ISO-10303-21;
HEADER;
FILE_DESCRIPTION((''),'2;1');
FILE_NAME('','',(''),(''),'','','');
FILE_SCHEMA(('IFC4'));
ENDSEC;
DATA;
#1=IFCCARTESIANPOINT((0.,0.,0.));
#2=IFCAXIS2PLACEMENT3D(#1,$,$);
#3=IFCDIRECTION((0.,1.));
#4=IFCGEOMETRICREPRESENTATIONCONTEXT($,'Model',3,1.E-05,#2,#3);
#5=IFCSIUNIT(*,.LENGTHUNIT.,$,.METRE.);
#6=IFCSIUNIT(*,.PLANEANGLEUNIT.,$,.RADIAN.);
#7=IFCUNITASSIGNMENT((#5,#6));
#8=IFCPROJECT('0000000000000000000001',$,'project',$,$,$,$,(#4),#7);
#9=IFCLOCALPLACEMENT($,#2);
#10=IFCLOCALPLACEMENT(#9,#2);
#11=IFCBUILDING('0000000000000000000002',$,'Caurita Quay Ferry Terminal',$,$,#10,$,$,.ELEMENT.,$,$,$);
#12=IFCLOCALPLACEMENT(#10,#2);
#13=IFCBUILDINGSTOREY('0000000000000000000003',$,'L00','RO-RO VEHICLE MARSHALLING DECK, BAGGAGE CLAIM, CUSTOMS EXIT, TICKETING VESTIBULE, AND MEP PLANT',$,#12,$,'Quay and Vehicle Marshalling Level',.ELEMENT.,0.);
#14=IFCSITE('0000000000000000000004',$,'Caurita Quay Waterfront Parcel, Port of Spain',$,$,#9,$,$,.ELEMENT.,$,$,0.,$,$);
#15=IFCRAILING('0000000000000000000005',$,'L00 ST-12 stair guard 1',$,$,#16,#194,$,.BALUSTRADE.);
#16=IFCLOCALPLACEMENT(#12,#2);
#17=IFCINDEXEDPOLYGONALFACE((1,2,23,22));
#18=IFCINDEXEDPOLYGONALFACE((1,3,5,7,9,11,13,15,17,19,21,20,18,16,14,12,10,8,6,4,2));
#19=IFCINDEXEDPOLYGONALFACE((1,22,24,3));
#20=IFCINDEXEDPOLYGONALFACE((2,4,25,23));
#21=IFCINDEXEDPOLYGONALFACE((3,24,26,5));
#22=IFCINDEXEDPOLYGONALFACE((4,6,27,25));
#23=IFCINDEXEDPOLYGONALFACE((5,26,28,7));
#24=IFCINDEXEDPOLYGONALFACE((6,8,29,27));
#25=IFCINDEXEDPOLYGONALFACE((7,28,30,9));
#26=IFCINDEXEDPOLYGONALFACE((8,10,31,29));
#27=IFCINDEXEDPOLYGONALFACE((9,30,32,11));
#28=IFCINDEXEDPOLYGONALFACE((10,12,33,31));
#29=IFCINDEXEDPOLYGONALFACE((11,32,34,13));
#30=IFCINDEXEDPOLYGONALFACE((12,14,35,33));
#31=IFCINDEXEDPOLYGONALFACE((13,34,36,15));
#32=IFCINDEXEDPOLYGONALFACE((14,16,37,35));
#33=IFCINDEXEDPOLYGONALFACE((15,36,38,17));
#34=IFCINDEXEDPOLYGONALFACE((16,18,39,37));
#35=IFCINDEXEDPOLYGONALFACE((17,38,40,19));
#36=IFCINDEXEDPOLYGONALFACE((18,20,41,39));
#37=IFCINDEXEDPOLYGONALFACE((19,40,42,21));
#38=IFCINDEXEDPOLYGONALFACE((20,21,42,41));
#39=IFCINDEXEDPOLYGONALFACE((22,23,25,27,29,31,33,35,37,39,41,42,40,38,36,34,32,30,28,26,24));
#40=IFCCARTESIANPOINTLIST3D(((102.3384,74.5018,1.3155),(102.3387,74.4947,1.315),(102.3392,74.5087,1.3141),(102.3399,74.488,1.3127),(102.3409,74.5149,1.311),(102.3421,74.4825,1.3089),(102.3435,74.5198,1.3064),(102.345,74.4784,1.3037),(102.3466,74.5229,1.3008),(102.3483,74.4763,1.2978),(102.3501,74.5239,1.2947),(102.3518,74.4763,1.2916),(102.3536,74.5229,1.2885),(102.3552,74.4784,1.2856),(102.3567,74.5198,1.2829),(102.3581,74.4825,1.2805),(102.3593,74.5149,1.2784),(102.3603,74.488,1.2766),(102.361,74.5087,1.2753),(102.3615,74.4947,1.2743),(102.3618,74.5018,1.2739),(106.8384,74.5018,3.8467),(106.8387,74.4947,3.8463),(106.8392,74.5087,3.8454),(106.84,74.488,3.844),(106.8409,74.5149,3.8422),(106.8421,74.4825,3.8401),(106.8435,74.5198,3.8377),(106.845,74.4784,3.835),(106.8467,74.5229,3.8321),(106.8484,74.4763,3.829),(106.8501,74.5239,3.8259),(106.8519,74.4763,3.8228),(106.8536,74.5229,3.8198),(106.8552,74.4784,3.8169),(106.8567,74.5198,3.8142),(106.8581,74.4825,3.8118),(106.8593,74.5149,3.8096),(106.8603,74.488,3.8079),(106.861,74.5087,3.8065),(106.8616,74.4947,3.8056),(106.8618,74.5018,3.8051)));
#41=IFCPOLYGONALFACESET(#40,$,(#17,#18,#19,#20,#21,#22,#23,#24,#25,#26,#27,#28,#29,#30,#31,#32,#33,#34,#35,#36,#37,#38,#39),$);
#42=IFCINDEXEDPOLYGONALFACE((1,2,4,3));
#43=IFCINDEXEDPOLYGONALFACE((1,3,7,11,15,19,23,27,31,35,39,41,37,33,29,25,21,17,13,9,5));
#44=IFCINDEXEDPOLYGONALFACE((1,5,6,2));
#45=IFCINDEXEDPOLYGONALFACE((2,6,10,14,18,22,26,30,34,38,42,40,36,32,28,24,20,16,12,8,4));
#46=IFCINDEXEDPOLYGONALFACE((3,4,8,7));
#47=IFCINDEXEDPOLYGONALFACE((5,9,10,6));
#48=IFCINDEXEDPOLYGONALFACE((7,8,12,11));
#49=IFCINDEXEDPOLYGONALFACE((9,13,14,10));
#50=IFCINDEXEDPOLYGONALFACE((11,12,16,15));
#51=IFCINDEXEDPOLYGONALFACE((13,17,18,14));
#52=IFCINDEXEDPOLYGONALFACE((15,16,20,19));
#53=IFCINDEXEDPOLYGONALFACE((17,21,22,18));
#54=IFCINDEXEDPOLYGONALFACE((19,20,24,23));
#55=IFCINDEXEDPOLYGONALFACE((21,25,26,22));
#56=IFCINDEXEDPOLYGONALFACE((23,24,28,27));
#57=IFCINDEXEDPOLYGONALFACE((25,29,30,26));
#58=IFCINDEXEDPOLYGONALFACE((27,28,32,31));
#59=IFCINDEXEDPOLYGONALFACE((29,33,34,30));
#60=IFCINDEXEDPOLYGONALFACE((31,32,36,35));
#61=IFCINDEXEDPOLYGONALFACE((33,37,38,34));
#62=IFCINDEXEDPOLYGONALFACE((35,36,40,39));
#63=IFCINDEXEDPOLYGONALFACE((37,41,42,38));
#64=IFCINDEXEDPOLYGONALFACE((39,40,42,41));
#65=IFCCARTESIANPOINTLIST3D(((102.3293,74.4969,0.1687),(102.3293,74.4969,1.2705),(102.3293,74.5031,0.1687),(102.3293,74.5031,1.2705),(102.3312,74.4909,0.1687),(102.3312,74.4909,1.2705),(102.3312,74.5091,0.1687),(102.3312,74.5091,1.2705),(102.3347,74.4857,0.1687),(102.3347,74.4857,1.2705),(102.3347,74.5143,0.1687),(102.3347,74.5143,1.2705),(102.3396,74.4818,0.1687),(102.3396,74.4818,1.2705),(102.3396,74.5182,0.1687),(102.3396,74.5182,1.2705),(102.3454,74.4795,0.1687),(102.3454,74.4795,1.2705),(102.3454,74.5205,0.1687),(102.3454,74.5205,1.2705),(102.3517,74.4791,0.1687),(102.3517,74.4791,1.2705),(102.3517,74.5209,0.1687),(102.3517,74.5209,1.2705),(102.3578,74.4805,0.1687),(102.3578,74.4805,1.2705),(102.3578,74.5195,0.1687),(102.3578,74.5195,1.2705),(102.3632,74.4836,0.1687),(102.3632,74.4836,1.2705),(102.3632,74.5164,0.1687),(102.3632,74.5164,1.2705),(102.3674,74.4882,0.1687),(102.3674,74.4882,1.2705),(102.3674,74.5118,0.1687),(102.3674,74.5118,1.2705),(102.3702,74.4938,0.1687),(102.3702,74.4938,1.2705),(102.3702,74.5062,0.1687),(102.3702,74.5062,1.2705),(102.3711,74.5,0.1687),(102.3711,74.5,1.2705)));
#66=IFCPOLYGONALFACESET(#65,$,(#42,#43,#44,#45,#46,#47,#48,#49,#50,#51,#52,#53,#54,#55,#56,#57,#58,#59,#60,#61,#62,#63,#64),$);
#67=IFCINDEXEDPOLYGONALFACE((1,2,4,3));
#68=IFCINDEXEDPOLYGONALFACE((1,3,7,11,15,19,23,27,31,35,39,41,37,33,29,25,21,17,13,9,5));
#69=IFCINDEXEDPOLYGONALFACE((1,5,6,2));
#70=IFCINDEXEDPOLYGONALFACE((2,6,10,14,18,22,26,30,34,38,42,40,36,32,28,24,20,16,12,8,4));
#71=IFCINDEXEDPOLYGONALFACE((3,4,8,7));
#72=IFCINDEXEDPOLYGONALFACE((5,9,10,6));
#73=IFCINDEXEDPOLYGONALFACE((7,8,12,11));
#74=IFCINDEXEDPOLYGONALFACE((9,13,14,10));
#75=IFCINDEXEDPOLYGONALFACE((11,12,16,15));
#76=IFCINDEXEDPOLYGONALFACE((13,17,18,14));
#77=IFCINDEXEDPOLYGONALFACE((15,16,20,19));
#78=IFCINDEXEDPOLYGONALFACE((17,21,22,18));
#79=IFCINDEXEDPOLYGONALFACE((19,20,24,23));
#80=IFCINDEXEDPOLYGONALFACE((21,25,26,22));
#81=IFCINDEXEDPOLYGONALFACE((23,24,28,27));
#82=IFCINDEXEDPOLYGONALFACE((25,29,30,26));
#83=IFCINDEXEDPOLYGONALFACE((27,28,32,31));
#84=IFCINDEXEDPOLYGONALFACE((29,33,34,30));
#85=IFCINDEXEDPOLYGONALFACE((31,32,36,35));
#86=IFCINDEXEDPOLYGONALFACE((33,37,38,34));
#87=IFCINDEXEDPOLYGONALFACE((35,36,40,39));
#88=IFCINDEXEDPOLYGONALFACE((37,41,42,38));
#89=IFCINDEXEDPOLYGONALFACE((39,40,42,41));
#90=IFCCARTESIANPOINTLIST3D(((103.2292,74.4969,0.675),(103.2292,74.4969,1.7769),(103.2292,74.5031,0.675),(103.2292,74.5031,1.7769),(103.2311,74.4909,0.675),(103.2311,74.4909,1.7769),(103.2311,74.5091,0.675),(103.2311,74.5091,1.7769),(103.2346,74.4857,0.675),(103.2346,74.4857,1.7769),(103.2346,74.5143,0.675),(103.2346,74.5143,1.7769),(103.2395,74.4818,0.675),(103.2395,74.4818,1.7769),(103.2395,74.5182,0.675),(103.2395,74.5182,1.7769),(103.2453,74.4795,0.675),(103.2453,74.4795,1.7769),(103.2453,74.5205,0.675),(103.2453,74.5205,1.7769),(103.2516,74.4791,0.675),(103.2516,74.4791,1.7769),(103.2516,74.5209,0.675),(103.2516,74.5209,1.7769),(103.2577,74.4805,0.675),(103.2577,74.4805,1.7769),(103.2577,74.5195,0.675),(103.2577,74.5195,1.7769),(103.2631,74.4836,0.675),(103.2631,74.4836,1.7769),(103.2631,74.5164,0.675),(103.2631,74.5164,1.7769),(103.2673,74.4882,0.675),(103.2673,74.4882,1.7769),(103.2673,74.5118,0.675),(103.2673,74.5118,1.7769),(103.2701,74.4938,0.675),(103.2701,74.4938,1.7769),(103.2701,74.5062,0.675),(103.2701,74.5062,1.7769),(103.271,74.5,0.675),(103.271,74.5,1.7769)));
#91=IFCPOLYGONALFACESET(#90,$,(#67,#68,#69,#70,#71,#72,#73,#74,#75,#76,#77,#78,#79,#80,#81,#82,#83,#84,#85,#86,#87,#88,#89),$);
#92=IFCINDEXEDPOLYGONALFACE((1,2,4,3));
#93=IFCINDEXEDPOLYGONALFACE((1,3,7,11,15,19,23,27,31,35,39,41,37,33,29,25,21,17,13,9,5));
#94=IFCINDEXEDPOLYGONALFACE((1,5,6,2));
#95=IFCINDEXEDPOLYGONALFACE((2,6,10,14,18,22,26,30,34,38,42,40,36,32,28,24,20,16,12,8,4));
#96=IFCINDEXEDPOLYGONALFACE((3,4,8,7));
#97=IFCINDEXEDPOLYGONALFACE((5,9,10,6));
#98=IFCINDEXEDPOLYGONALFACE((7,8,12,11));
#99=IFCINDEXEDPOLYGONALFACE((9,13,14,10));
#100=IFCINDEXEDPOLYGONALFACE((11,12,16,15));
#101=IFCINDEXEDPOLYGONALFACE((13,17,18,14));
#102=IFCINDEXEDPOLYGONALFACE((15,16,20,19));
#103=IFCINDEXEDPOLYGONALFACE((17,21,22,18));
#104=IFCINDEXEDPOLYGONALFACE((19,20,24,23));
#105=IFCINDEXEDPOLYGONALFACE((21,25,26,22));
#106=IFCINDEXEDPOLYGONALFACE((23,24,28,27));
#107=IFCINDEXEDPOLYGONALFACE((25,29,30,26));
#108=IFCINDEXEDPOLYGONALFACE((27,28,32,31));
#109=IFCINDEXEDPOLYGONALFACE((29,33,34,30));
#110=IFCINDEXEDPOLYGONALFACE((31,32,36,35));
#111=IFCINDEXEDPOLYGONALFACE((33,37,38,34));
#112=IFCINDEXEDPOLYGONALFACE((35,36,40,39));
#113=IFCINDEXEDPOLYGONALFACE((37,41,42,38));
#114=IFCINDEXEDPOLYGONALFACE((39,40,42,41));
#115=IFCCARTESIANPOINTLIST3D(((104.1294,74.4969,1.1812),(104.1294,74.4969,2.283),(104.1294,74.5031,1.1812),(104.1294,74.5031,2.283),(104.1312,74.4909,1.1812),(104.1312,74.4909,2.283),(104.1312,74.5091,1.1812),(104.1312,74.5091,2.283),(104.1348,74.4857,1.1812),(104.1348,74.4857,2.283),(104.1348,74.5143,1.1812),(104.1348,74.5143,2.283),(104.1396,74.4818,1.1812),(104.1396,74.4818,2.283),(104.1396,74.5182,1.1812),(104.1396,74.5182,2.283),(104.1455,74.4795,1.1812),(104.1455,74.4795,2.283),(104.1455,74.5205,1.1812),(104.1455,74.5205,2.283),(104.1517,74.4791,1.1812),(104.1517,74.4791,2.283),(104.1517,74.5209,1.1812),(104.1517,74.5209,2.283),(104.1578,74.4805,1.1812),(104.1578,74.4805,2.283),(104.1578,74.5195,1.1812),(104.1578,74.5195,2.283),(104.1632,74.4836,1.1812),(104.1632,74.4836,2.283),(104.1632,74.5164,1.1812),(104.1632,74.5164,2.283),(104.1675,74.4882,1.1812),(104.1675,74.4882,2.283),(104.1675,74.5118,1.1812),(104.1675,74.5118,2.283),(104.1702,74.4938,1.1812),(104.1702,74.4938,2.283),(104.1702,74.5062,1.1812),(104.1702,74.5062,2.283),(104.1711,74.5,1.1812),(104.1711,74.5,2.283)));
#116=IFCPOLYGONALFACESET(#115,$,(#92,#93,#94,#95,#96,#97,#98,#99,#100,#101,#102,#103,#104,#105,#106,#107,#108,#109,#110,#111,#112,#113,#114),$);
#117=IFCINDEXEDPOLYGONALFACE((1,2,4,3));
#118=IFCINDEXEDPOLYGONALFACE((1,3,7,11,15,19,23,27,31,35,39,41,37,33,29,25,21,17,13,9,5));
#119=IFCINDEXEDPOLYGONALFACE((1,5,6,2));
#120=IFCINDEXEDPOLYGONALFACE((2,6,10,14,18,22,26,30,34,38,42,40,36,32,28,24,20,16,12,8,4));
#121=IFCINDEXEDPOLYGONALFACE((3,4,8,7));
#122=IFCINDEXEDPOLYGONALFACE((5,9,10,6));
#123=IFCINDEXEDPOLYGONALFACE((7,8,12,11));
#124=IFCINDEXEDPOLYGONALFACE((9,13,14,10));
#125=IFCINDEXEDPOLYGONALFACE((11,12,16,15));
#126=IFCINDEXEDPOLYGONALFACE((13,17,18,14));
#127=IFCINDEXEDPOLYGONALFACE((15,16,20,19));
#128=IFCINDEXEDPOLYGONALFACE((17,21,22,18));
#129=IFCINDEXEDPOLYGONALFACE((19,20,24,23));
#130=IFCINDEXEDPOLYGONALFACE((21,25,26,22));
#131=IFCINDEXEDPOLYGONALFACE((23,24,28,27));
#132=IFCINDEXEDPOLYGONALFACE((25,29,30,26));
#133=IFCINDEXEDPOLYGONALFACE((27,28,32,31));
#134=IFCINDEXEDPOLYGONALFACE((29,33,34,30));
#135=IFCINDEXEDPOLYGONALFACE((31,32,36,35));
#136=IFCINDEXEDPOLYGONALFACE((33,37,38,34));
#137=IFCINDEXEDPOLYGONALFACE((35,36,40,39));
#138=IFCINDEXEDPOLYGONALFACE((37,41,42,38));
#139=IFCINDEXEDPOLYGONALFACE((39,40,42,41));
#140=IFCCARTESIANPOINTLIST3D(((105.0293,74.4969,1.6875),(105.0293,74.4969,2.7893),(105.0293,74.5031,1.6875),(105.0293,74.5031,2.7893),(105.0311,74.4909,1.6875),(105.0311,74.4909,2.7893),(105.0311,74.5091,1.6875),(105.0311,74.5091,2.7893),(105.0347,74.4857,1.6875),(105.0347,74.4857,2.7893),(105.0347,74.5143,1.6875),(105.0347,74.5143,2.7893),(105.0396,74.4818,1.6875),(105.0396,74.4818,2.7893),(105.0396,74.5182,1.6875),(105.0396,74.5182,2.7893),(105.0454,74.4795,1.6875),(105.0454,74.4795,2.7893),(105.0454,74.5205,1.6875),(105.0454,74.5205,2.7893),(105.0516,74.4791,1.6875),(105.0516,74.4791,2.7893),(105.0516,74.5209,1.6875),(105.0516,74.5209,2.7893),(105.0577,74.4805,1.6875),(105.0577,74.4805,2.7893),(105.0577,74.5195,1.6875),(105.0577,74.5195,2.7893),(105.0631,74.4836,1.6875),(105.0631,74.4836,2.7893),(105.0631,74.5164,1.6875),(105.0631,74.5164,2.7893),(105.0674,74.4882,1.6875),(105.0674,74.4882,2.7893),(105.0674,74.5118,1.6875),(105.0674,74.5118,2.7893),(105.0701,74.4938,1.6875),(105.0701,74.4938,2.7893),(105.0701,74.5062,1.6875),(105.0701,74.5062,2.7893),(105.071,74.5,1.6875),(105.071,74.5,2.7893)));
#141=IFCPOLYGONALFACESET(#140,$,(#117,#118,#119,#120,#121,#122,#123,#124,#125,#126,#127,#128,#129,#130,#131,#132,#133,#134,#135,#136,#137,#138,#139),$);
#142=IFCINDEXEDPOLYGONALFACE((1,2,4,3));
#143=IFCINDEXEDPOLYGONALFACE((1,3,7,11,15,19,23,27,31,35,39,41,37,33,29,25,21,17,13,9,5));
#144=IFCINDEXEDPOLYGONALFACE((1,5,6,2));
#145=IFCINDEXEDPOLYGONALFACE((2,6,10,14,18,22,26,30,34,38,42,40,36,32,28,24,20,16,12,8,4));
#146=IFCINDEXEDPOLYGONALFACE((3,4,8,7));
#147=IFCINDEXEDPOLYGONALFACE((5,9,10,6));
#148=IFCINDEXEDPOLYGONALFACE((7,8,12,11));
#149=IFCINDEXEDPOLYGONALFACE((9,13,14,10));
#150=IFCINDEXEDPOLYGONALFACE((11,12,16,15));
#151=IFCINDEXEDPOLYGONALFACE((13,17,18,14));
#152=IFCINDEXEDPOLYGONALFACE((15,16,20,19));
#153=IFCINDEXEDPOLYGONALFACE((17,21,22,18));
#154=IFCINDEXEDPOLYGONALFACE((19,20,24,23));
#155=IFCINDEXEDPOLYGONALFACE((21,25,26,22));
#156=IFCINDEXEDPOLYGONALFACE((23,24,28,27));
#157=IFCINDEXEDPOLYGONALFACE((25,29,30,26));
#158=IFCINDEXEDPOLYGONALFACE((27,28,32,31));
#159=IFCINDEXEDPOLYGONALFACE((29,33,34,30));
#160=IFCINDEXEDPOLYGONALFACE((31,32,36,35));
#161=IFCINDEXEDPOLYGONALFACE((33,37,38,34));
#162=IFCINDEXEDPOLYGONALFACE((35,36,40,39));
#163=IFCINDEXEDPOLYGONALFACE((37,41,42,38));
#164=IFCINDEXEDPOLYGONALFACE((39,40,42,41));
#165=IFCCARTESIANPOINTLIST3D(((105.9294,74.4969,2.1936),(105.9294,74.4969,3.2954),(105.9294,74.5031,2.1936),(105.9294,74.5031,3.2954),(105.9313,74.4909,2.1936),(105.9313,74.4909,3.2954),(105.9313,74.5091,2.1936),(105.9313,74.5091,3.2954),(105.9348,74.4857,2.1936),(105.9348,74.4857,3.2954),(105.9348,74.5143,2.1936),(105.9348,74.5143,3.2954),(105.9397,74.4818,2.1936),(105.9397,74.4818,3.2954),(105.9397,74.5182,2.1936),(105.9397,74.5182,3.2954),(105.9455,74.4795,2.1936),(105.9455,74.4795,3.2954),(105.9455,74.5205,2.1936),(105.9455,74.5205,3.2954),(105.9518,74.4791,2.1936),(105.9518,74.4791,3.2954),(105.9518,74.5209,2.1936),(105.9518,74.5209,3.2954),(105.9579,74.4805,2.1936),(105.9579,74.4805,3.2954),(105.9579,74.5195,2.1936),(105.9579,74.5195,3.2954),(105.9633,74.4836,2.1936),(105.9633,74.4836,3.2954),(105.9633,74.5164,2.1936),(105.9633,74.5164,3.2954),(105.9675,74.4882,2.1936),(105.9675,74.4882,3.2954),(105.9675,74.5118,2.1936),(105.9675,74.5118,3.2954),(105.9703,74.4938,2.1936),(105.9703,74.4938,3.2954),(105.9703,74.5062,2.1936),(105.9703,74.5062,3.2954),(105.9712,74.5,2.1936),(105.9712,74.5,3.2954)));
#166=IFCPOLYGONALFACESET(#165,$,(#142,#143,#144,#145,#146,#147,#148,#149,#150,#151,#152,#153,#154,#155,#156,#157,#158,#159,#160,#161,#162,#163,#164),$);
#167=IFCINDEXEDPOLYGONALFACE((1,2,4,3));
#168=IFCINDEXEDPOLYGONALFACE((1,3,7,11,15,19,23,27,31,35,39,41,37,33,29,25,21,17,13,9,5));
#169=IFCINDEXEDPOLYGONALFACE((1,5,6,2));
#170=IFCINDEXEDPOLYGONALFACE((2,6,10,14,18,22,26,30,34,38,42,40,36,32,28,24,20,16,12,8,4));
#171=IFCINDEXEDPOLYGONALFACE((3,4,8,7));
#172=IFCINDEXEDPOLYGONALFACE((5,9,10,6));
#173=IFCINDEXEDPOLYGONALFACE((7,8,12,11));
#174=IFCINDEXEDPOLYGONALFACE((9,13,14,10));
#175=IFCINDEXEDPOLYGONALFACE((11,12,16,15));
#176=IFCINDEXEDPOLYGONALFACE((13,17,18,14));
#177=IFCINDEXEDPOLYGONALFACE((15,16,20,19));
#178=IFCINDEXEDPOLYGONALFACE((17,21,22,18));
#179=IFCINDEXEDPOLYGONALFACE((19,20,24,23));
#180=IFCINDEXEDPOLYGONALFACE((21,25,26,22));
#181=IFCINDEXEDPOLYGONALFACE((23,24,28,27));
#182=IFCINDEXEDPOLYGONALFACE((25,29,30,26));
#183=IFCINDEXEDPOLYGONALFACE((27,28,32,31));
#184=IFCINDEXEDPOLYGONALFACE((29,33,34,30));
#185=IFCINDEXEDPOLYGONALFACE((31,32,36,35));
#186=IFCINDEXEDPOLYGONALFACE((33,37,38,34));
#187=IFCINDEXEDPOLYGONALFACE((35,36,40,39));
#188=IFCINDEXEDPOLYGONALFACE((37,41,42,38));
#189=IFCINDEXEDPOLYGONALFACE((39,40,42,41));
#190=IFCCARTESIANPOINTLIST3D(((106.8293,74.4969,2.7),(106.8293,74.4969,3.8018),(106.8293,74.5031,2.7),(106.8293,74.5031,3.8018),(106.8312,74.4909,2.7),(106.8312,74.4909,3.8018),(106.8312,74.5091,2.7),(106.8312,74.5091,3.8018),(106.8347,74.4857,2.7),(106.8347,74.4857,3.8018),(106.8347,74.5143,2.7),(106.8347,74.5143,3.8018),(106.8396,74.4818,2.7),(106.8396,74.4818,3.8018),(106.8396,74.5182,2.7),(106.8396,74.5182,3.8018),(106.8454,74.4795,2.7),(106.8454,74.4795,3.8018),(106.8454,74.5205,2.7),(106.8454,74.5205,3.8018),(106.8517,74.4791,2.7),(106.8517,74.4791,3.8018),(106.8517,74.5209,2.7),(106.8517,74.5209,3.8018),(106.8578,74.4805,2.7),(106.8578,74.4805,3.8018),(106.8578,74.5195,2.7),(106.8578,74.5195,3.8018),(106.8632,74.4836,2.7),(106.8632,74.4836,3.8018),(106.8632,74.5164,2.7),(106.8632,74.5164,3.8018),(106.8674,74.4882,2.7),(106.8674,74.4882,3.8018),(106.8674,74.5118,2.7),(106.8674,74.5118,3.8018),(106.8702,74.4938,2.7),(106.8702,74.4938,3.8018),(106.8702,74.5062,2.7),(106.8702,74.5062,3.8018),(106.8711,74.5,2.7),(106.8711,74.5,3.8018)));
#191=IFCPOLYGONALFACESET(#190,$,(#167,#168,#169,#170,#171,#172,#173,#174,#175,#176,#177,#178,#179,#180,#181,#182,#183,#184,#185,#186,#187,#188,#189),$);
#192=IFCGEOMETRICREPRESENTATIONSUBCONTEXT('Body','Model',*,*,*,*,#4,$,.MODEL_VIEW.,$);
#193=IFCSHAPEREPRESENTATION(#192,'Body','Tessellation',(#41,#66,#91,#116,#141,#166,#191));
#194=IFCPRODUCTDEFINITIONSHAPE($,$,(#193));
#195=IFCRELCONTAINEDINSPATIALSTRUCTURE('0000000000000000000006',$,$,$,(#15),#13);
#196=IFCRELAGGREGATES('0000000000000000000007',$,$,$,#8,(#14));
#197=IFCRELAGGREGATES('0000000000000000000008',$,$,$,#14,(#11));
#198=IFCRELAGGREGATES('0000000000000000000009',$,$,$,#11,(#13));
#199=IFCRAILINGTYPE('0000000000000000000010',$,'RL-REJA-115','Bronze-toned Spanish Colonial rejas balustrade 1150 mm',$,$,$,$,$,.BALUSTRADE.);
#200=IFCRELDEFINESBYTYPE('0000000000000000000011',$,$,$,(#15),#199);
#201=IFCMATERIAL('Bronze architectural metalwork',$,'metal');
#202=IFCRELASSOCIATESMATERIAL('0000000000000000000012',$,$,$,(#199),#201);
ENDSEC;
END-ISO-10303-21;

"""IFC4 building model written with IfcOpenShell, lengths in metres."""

from ifc_helpers import new_model, si_unit, direction, frame, origin, origin_2d, place, context, subcontext, project, spatial, circle, extrude, material, type_object, element, save


model = new_model("IFC4")

# Units and contexts
model_context = context("Model", 3, precision=1e-05, world=origin(), true_north=direction((0.0, 1.0)))
body_context = subcontext(model_context, "Body", "Model", "MODEL_VIEW")
ifc_project = project(units=[si_unit("LENGTHUNIT", "METRE"), si_unit("PLANEANGLEUNIT", "RADIAN")], contexts=[model_context])

# Site, building, storey
site_placement = place(None, origin())
site = spatial("IfcSite", under=ifc_project, at=site_placement, Name="Caurita Quay Waterfront Parcel, Port of Spain", CompositionType="ELEMENT", RefElevation=0.0)
building_placement = place(site_placement, origin())
building = spatial("IfcBuilding", under=site, at=building_placement, Name="Caurita Quay Ferry Terminal", CompositionType="ELEMENT")
storey_placement = place(building_placement, origin())
storey = spatial("IfcBuildingStorey", under=building, at=storey_placement, Name="L00", Description="RO-RO VEHICLE MARSHALLING DECK, BAGGAGE CLAIM, CUSTOMS EXIT, TICKETING VESTIBULE, AND MEP PLANT", LongName="Quay and Vehicle Marshalling Level", CompositionType="ELEMENT", Elevation=0.0)

# Railing
ifc_material_1 = material(Name="Bronze architectural metalwork", Category="metal")
railing_type_1 = type_object("IfcRailingType", Name="RL-REJA-115", Description="Bronze-toned Spanish Colonial rejas balustrade 1150 mm", PredefinedType="BALUSTRADE", material=ifc_material_1)
railing_1_placement = place(storey_placement, frame((102.3501, 74.5, 0.1687)))
element("IfcRailing", 1, at=railing_1_placement, inside=storey, type_object=railing_type_1, Name="L00 ST-12 stair guard 1", PredefinedType="BALUSTRADE", context=body_context, shape_type="SweptSolid", body=[
    extrude(circle(Radius=0.0239, at=origin_2d()), frame((0.0, 0.0, 1.126), z_axis=(0.871576, 0.0, 0.490261), x_axis=(0.0, 1.0, 0.0)), (0.0, 0.0, 1.0), 5.1631),
    extrude(circle(Radius=0.021, at=origin_2d()), origin(), (0.0, 0.0, 1.0), 1.1018),
    extrude(circle(Radius=0.021, at=origin_2d()), frame((0.8999, 0.0, 0.5063)), (0.0, 0.0, 1.0), 1.1018),
    extrude(circle(Radius=0.021, at=origin_2d()), frame((1.8, 0.0, 1.0125)), (0.0, 0.0, 1.0), 1.1018),
    extrude(circle(Radius=0.021, at=origin_2d()), frame((2.7, 0.0, 1.5188)), (0.0, 0.0, 1.0), 1.1018),
    extrude(circle(Radius=0.021, at=origin_2d()), frame((3.6001, 0.0, 2.0249)), (0.0, 0.0, 1.0), 1.1018),
    extrude(circle(Radius=0.021, at=origin_2d()), frame((4.5, 0.0, 2.5312)), (0.0, 0.0, 1.0), 1.1018),
])

save(model, "model.ifc")
